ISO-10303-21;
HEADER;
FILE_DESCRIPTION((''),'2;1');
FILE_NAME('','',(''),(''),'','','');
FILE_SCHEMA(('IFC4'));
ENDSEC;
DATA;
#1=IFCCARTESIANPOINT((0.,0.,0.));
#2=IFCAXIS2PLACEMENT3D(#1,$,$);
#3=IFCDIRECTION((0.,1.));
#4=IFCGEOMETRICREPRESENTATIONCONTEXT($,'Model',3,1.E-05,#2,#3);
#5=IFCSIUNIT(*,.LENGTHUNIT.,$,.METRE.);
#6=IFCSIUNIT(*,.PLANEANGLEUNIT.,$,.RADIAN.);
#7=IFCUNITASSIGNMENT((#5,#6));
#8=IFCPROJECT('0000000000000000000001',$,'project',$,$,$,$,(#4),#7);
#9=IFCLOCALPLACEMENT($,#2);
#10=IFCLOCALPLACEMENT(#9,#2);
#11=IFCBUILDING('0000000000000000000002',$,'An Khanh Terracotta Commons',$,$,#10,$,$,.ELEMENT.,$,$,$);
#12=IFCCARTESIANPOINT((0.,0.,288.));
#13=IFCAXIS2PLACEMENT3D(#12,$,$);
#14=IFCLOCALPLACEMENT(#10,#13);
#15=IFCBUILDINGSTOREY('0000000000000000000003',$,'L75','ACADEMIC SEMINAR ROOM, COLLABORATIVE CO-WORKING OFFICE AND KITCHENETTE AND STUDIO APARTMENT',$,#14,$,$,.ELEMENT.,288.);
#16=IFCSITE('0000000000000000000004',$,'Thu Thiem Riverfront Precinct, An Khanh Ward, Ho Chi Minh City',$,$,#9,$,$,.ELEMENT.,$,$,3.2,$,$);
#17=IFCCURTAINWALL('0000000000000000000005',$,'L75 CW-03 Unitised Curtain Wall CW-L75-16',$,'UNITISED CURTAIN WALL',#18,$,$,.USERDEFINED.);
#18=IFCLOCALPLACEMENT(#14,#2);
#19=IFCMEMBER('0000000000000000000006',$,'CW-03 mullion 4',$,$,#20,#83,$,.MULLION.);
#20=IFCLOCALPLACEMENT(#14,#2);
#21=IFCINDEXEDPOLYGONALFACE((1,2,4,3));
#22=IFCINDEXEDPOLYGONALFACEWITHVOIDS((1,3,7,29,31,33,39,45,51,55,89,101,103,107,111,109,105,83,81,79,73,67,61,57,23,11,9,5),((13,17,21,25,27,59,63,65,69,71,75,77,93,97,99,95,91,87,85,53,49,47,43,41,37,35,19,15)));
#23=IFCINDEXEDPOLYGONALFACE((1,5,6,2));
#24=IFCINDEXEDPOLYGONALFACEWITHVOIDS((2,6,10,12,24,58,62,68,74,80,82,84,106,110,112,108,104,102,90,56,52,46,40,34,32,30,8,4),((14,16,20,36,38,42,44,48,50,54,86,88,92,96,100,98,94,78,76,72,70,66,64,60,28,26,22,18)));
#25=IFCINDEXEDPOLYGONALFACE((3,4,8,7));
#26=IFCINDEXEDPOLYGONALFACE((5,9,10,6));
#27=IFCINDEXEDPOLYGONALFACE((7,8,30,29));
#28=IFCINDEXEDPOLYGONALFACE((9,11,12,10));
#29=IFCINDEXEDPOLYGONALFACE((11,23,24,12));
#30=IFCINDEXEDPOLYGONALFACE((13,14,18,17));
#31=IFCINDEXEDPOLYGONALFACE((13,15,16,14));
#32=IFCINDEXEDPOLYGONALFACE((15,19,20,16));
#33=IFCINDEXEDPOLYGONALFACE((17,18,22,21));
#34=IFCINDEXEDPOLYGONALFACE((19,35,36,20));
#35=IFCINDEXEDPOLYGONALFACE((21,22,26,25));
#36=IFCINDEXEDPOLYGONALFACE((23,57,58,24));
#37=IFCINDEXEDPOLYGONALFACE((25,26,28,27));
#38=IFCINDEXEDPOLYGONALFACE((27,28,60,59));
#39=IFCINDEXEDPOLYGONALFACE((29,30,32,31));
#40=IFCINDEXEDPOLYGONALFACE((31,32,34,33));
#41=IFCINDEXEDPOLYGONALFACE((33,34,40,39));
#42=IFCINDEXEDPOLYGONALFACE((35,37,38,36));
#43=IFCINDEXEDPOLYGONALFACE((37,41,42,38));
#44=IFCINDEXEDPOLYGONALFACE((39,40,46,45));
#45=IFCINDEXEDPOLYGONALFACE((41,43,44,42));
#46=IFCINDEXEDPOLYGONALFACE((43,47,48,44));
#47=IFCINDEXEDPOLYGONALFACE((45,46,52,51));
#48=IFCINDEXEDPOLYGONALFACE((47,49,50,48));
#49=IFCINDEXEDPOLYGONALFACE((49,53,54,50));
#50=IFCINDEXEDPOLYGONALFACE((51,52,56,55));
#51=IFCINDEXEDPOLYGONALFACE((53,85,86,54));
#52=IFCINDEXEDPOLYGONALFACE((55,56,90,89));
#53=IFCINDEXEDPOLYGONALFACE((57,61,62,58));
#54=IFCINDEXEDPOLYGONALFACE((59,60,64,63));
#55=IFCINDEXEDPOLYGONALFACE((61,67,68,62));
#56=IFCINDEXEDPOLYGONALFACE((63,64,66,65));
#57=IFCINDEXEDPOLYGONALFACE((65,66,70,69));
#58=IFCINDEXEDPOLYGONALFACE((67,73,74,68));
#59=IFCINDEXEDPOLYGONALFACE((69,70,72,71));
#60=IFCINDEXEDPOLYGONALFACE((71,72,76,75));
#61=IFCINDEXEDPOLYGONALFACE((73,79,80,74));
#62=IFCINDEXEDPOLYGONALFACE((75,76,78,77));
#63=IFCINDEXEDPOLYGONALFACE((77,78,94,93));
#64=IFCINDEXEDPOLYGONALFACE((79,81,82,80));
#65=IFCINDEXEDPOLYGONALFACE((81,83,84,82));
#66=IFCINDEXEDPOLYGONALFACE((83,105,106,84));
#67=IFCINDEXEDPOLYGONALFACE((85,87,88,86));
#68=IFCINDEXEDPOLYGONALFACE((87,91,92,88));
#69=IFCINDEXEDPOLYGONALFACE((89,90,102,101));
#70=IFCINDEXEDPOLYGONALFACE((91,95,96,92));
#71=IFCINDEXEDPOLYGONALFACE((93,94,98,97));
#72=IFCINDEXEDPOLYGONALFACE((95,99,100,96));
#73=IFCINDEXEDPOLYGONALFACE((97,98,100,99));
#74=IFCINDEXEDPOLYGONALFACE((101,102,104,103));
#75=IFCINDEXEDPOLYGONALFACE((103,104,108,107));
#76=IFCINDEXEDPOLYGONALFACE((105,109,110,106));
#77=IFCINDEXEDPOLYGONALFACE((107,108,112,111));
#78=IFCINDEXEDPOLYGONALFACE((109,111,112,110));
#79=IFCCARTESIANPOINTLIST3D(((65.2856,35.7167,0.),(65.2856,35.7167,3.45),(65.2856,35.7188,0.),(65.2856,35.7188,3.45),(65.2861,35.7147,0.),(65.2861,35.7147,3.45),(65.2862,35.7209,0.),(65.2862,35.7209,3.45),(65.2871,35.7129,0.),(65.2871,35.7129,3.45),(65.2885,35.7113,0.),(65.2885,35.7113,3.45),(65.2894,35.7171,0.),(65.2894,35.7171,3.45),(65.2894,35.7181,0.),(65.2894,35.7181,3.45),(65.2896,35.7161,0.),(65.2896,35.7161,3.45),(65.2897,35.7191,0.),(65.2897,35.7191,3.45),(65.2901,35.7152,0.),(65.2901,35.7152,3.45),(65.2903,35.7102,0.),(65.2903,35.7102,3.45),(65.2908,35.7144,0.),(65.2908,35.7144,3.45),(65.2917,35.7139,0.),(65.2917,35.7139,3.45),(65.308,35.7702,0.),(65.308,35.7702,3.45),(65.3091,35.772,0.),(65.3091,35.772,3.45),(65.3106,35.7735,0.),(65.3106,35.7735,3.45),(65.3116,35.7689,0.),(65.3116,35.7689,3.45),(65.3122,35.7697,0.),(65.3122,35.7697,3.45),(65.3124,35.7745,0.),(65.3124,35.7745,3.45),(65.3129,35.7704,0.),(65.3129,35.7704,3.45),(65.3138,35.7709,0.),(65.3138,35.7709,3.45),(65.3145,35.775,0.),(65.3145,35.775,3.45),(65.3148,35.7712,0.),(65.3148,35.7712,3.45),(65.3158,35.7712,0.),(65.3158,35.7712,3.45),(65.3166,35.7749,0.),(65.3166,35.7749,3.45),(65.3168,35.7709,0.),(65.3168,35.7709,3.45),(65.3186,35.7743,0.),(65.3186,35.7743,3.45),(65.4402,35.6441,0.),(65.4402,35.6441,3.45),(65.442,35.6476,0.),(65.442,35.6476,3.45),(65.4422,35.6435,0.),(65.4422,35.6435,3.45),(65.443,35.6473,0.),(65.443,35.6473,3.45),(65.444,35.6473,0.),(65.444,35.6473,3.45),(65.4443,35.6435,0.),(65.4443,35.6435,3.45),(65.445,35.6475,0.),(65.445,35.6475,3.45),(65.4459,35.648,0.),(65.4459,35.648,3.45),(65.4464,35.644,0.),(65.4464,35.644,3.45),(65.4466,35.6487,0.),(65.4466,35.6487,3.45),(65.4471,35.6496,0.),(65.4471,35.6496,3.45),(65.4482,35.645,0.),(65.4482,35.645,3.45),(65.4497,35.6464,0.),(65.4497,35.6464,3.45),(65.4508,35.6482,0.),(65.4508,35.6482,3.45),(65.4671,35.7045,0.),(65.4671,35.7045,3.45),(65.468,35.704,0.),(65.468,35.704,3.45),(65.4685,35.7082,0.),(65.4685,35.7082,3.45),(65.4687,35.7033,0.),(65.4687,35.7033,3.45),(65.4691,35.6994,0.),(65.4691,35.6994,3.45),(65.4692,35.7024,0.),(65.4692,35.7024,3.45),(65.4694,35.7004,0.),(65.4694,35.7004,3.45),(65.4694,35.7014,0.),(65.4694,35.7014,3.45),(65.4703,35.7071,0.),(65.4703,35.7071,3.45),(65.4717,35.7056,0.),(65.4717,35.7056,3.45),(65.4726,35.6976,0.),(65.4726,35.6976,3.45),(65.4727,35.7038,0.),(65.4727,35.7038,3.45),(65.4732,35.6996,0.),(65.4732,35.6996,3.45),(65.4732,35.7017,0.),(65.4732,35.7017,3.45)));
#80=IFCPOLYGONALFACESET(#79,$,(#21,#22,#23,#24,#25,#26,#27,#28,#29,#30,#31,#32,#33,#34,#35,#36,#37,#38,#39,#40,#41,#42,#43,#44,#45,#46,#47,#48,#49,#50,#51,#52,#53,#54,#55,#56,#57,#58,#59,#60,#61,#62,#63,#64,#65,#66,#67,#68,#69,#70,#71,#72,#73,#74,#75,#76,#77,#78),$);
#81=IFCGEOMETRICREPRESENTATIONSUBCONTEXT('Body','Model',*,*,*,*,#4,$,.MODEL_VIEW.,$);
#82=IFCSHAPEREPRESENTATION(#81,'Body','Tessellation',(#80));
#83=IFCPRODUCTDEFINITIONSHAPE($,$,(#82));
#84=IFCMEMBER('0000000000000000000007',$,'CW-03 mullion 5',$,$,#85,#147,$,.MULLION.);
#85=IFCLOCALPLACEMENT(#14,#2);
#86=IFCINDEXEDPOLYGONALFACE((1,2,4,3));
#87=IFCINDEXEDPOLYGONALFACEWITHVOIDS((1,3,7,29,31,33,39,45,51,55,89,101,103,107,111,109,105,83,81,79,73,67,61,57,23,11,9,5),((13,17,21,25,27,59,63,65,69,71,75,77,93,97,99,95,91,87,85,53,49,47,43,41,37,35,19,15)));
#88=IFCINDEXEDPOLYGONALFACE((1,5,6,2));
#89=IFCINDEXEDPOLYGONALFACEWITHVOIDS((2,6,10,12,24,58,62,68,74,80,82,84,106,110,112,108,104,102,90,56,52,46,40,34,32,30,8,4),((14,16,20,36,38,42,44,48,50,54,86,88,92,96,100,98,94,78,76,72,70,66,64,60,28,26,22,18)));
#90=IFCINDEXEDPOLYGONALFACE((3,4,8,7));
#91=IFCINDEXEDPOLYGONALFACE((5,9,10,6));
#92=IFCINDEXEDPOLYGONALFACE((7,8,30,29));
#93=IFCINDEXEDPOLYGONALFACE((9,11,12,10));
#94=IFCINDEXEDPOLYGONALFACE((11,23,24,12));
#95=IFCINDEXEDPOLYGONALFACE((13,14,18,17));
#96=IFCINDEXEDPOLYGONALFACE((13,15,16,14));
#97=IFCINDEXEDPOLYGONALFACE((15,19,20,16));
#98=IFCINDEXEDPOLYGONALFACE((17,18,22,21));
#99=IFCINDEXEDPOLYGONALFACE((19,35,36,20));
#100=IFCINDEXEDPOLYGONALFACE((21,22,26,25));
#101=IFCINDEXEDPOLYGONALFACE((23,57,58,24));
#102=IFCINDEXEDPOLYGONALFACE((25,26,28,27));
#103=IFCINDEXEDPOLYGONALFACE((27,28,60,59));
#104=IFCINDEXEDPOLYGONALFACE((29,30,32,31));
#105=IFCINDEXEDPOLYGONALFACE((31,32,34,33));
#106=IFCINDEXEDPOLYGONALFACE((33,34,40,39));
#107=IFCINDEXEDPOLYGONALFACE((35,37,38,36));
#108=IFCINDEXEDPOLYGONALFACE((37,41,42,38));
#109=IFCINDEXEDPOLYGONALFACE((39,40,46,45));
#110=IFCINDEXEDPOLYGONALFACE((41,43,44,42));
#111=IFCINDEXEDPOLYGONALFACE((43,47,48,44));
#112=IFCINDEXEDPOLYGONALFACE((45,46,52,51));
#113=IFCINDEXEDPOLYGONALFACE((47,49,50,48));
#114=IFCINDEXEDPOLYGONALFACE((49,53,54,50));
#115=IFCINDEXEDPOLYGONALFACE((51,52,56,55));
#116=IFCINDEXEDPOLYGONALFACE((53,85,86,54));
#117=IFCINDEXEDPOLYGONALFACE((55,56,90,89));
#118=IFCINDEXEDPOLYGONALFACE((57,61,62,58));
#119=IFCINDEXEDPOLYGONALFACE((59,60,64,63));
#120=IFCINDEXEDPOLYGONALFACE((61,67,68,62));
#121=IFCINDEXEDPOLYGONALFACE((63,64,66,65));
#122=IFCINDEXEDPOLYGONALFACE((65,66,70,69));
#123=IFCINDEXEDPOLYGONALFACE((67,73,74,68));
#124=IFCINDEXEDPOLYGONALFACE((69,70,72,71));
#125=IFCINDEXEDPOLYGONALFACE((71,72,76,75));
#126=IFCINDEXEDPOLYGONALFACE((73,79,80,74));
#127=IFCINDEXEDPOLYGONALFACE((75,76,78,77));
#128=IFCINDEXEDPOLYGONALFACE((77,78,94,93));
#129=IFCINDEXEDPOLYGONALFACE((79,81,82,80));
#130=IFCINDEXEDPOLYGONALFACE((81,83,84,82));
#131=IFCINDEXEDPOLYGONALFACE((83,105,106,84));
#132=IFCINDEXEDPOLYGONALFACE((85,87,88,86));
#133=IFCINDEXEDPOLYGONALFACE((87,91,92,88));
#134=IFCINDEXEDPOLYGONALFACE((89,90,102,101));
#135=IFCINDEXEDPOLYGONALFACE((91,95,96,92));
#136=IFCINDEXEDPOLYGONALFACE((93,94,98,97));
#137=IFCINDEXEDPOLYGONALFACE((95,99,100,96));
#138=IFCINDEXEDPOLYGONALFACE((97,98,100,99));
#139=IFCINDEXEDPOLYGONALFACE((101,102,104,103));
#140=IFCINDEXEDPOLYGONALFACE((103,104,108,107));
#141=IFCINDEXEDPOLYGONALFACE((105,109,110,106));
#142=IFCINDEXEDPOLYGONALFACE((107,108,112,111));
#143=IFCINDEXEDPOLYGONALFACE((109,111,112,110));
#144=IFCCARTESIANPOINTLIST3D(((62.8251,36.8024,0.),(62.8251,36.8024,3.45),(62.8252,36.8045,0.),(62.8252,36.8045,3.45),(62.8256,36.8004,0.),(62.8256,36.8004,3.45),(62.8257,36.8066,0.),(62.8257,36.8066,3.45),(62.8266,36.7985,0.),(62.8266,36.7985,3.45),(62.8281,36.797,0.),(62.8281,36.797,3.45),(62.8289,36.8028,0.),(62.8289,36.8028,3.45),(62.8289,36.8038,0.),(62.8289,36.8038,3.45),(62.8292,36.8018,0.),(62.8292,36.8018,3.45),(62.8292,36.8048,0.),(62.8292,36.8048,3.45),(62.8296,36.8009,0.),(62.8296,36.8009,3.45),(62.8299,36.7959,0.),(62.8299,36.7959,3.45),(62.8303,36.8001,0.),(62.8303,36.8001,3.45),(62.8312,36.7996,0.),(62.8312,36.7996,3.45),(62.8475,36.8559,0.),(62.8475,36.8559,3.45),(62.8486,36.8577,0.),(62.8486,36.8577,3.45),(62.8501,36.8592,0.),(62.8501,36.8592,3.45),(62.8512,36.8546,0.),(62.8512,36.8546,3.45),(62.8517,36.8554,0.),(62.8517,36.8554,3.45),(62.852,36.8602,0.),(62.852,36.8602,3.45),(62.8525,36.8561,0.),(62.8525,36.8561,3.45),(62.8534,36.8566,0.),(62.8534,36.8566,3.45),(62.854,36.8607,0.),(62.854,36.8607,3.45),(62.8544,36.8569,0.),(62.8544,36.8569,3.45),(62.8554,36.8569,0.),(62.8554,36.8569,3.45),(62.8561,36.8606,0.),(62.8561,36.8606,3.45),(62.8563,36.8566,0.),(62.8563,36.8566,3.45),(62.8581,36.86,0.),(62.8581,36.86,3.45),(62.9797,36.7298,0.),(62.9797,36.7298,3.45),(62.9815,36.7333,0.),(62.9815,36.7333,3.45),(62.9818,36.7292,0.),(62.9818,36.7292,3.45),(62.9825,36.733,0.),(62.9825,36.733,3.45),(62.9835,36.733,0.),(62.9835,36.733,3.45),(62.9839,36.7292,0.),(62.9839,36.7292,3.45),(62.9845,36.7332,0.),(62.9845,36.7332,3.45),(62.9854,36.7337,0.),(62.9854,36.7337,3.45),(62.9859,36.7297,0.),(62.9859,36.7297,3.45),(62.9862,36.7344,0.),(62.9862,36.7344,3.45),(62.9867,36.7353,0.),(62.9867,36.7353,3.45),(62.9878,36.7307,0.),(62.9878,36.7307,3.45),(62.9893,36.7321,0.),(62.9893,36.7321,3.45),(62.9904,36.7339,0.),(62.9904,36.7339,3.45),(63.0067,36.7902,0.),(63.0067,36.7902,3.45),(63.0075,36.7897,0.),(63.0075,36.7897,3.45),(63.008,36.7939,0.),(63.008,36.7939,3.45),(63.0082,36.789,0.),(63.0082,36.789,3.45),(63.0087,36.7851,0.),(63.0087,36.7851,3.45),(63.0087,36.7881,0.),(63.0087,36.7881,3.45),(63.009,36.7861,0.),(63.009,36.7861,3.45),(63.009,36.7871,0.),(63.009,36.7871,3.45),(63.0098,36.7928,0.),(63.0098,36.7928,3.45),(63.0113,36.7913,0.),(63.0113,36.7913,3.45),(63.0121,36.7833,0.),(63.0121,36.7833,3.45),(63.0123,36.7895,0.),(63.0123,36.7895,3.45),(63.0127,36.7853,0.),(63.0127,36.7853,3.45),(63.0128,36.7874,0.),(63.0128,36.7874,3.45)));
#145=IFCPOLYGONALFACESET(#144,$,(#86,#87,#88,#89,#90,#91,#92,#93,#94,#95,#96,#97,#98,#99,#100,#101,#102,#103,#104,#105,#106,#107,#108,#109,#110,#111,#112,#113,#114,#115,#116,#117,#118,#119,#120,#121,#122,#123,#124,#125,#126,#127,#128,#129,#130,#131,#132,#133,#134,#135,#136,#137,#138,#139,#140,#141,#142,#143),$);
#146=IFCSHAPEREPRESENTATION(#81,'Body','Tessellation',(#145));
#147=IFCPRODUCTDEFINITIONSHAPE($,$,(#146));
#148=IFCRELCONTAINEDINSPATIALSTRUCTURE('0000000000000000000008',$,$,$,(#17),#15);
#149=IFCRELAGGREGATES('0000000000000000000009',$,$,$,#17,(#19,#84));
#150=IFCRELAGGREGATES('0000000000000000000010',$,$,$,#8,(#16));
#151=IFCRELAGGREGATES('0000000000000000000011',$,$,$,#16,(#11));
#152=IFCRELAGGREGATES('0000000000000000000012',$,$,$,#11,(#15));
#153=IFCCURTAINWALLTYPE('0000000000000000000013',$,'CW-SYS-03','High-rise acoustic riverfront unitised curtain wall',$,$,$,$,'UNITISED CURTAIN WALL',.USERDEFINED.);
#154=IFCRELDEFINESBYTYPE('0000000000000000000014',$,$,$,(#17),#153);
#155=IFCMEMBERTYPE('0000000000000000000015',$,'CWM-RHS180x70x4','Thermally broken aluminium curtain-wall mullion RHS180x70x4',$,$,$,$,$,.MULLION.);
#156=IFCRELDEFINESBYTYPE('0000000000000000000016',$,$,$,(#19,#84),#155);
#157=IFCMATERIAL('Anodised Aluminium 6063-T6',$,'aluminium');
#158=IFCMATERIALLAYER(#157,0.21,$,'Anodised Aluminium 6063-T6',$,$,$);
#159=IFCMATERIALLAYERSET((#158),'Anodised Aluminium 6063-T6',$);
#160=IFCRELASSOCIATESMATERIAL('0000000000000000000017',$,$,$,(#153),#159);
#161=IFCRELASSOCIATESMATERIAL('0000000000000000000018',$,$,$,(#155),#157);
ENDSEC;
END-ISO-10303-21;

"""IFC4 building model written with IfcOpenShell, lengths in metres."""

from ifc_helpers import new_model, si_unit, direction, frame, origin, origin_2d, place, context, subcontext, project, spatial, hollow_rectangle, extrude, material, layer, layer_set, material_profile, profile_set, type_object, element, aggregate, save


model = new_model("IFC4")

# Units and contexts
model_context = context("Model", 3, precision=1e-05, world=origin(), true_north=direction((0.0, 1.0)))
body_context = subcontext(model_context, "Body", "Model", "MODEL_VIEW")
ifc_project = project(units=[si_unit("LENGTHUNIT", "METRE"), si_unit("PLANEANGLEUNIT", "RADIAN")], contexts=[model_context])

# Site, building, storey
site_placement = place(None, origin())
site = spatial("IfcSite", under=ifc_project, at=site_placement, Name="Thu Thiem Riverfront Precinct, An Khanh Ward, Ho Chi Minh City", CompositionType="ELEMENT", RefElevation=3.2)
building_placement = place(site_placement, origin())
building = spatial("IfcBuilding", under=site, at=building_placement, Name="An Khanh Terracotta Commons", CompositionType="ELEMENT")
storey_placement = place(building_placement, frame((0.0, 0.0, 288.0)))
storey = spatial("IfcBuildingStorey", under=building, at=storey_placement, Name="L75", Description="ACADEMIC SEMINAR ROOM, COLLABORATIVE CO-WORKING OFFICE AND KITCHENETTE AND STUDIO APARTMENT", CompositionType="ELEMENT", Elevation=288.0)

# Curtain wall, members
ifc_material_1 = material(Name="Anodised Aluminium 6063-T6", Category="aluminium")
ifc_layer_1 = layer(ifc_material_1, 0.21, Name="Anodised Aluminium 6063-T6")
ifc_layer_set_1 = layer_set([ifc_layer_1], Name="Anodised Aluminium 6063-T6")
curtain_wall_type = type_object("IfcCurtainWallType", Name="CW-SYS-03", Description="High-rise acoustic riverfront unitised curtain wall", ElementType="UNITISED CURTAIN WALL", PredefinedType="USERDEFINED", material=ifc_layer_set_1)
curtain_wall_placement = place(storey_placement, origin())
curtain_wall = element("IfcCurtainWall", 1, at=curtain_wall_placement, inside=storey, type_object=curtain_wall_type, Name="L75 CW-03 Unitised Curtain Wall CW-L75-16", ObjectType="UNITISED CURTAIN WALL", PredefinedType="USERDEFINED")
ifc_material_profile_1 = material_profile(ifc_material_1, hollow_rectangle(XDim=0.0701, YDim=0.1799, WallThickness=0.0039, InnerFilletRadius=0.0039, OuterFilletRadius=0.0081, at=origin_2d()), Name="RHS180x70x4")
ifc_profile_set_1 = profile_set([ifc_material_profile_1], Name="Anodised Aluminium 6063-T6")
member_type_1 = type_object("IfcMemberType", Name="CWM-RHS180x70x4", Description="Thermally broken aluminium curtain-wall mullion RHS180x70x4", PredefinedType="MULLION", material=ifc_profile_set_1)
member_1_placement = place(storey_placement, frame((65.3794, 35.7092, 0.0), z_axis=(0.0, 0.0, 1.0), x_axis=(-0.403676, -0.914902, 0.0)))
member_1 = element("IfcMember", 2, at=member_1_placement, type_object=member_type_1, Name="CW-03 mullion 4", PredefinedType="MULLION", context=body_context, shape_type="SweptSolid", body=[
    extrude(hollow_rectangle(XDim=0.0701, YDim=0.1799, WallThickness=0.0039, InnerFilletRadius=0.0039, OuterFilletRadius=0.0081, at=origin_2d()), origin(), (0.0, 0.0, 1.0), 3.45),
])
member_2_placement = place(storey_placement, frame((62.9189, 36.7949, 0.0), z_axis=(0.0, 0.0, 1.0), x_axis=(-0.403676, -0.914902, 0.0)))
member_2 = element("IfcMember", 3, at=member_2_placement, type_object=member_type_1, Name="CW-03 mullion 5", PredefinedType="MULLION", context=body_context, shape_type="SweptSolid", body=[
    extrude(hollow_rectangle(XDim=0.0701, YDim=0.1799, WallThickness=0.0039, InnerFilletRadius=0.0039, OuterFilletRadius=0.0081, at=origin_2d()), origin(), (0.0, 0.0, 1.0), 3.45),
])
aggregate(curtain_wall, [member_1, member_2])

save(model, "model.ifc")
